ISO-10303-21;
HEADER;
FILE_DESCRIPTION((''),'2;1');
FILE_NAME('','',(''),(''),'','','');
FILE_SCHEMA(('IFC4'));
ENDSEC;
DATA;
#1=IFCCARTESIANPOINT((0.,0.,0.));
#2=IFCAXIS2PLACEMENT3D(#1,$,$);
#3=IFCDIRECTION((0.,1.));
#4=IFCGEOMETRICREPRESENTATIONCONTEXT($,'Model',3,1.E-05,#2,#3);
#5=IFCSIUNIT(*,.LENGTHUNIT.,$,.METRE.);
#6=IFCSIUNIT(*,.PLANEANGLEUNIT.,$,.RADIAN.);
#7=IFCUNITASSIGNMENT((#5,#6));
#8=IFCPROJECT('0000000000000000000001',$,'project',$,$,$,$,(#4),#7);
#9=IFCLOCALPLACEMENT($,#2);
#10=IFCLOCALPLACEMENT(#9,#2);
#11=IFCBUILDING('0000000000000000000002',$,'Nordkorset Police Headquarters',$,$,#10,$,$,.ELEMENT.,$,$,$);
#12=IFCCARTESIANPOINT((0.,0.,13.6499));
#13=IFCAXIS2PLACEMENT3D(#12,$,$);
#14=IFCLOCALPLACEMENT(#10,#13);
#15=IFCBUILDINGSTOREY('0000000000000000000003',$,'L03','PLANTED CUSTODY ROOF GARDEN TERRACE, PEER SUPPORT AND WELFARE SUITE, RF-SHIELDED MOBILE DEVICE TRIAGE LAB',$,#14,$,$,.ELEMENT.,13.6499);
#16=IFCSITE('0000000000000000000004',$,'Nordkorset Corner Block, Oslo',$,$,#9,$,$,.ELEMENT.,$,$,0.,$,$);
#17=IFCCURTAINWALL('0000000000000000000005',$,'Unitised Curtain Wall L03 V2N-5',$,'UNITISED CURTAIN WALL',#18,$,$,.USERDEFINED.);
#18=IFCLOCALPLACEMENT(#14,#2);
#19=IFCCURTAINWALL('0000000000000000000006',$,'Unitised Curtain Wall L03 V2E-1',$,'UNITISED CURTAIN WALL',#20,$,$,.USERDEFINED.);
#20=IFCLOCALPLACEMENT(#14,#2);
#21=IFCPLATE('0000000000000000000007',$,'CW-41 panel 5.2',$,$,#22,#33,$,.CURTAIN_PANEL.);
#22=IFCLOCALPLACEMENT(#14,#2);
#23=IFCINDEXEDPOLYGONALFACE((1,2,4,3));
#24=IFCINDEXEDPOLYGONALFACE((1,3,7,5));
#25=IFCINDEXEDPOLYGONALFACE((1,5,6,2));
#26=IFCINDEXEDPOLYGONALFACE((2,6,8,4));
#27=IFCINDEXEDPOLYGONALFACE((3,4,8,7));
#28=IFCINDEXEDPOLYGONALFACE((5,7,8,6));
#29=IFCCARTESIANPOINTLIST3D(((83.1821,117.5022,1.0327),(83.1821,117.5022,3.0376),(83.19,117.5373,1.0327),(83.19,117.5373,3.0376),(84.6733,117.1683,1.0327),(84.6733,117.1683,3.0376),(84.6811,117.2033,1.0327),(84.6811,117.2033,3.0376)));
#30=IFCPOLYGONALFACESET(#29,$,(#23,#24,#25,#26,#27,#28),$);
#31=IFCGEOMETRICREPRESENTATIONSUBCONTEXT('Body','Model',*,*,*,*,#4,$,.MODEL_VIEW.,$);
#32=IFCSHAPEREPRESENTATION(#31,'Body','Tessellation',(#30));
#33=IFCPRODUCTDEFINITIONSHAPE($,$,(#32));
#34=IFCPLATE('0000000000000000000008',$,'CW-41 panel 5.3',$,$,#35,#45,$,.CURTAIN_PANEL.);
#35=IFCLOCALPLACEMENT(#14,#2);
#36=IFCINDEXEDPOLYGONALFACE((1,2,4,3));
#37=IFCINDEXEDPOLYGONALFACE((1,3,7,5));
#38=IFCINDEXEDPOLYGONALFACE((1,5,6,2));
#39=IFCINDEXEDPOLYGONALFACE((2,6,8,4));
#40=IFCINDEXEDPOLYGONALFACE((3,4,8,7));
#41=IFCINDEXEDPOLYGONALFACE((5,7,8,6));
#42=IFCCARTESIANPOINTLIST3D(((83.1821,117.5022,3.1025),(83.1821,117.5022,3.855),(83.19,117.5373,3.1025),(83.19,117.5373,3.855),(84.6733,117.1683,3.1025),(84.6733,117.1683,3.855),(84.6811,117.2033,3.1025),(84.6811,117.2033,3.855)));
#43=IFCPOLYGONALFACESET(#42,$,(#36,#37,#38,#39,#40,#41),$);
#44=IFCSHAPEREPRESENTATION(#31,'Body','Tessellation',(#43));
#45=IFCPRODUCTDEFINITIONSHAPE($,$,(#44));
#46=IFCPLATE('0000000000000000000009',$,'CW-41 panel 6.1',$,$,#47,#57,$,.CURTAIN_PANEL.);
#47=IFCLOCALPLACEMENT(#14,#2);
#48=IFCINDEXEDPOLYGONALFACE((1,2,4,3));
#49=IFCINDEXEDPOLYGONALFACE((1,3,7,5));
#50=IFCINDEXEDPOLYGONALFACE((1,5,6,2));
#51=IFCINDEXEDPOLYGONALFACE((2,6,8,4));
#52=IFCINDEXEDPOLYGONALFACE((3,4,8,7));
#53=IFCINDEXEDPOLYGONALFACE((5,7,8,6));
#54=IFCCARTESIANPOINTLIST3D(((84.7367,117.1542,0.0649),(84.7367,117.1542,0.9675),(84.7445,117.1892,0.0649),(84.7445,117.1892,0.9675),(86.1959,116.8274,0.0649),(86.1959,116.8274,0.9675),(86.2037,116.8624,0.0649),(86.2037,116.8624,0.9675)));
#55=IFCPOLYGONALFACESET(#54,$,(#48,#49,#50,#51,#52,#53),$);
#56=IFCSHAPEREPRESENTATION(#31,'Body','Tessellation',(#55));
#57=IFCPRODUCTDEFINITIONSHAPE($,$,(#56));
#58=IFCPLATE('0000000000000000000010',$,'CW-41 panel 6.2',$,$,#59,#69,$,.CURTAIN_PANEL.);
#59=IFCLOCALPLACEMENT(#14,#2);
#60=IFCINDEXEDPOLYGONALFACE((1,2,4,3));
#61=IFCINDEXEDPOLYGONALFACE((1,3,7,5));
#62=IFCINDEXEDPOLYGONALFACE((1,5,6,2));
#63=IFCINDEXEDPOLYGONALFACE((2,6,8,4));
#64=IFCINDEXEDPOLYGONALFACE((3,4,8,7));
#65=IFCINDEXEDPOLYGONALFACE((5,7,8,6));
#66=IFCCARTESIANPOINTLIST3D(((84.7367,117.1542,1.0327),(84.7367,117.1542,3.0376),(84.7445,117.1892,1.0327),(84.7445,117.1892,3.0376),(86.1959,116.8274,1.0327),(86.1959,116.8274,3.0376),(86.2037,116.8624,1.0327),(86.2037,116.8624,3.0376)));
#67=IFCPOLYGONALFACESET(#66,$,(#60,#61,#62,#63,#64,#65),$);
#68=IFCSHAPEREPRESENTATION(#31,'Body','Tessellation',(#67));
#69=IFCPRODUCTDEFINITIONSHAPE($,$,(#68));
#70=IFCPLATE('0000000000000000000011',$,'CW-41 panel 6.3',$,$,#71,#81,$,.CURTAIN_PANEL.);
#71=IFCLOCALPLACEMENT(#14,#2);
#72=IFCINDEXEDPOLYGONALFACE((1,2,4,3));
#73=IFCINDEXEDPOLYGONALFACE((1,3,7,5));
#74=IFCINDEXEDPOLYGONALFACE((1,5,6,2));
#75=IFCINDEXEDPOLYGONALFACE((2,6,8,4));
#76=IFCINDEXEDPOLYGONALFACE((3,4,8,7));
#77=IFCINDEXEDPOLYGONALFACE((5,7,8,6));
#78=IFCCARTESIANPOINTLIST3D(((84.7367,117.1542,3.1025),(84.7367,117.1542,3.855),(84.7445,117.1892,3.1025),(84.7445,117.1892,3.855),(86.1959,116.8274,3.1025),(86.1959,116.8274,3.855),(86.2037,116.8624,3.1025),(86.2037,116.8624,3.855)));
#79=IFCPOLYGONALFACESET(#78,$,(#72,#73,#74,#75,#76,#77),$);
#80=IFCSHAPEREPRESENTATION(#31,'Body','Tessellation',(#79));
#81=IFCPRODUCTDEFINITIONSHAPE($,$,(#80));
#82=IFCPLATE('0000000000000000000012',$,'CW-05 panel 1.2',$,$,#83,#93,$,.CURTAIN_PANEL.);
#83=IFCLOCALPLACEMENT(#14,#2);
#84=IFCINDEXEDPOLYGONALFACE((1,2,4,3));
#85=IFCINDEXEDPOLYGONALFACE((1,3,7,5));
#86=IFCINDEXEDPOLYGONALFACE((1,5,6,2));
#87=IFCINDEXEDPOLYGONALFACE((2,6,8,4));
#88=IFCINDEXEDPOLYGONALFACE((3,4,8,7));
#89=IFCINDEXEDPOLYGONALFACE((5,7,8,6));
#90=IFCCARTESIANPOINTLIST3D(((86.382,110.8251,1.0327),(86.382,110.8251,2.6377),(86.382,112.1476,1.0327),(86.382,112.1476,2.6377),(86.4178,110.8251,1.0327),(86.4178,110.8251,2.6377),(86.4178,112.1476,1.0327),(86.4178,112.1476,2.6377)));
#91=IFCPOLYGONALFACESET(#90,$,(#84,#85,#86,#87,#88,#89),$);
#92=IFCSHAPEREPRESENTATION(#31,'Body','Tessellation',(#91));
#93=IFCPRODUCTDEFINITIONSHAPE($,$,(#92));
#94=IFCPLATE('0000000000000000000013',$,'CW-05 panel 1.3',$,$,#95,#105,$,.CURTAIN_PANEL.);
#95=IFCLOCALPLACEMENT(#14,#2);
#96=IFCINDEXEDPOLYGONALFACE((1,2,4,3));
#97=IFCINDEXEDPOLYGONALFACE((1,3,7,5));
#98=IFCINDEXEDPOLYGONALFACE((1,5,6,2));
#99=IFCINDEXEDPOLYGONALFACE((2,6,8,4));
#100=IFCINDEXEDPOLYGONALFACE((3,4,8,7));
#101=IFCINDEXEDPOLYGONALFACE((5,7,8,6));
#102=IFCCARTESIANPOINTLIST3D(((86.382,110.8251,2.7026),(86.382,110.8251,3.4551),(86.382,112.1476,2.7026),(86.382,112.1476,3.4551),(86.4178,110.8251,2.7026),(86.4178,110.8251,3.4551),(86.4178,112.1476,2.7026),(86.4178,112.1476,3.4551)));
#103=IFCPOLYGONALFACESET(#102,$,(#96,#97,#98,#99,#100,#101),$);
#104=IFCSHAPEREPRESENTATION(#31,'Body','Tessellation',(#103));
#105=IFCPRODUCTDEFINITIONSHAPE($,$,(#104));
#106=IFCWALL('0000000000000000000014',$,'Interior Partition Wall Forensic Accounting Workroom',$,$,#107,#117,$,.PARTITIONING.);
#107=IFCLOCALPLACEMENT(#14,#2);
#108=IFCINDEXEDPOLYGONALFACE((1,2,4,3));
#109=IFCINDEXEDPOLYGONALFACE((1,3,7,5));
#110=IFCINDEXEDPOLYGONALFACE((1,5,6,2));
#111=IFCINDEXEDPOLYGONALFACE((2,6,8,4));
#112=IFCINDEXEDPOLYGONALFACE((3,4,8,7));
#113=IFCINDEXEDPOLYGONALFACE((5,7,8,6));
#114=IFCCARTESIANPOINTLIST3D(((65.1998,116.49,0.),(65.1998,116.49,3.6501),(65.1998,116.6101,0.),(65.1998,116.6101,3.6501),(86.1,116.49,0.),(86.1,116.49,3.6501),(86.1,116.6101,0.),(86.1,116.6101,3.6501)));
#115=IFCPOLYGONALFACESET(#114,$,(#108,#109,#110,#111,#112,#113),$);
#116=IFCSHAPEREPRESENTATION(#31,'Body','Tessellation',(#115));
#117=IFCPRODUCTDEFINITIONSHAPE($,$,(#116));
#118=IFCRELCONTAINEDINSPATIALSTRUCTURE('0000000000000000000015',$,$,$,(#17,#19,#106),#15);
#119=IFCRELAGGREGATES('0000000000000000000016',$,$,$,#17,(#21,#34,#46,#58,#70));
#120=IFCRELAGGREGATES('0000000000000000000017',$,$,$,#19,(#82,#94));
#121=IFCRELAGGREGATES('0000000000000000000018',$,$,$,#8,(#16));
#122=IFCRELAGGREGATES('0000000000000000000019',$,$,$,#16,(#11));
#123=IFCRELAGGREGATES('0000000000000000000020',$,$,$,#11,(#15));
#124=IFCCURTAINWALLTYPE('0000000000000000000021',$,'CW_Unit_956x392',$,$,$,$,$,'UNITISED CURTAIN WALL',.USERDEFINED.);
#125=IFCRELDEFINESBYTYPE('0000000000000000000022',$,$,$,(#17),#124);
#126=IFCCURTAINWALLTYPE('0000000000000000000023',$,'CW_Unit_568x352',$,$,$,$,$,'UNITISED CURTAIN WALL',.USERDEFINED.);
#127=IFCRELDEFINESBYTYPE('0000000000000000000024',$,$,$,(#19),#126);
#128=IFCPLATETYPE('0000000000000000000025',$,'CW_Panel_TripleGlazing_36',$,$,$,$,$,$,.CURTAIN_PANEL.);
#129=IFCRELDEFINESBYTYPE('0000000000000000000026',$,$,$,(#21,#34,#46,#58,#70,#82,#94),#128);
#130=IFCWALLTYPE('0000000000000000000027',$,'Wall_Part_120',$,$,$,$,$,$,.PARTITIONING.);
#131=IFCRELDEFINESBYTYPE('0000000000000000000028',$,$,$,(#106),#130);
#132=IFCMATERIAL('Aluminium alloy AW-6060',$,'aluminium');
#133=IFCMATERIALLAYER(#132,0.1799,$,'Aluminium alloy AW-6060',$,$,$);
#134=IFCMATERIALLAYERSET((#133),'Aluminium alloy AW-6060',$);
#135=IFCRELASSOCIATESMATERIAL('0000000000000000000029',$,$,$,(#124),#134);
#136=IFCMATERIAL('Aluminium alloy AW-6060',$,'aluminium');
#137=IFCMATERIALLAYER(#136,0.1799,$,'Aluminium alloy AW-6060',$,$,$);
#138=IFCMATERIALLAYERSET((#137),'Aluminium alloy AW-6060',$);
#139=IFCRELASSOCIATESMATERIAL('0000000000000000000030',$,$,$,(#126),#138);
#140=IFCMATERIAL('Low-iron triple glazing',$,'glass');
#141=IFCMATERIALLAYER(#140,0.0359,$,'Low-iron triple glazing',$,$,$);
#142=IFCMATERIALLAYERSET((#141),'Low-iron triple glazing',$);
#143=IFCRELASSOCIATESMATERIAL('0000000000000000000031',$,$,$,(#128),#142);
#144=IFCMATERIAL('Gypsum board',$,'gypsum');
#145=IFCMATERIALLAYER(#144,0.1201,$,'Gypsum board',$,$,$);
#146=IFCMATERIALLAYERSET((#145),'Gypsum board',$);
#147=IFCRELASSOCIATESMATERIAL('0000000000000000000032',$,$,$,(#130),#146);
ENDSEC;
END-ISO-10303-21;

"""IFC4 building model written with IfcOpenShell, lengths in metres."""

from ifc_helpers import new_model, si_unit, direction, frame, frame_2d, origin, origin_2d, place, context, subcontext, project, spatial, rectangle, extrude, material, layer, layer_set, type_object, element, aggregate, save


model = new_model("IFC4")

# Units and contexts
model_context = context("Model", 3, precision=1e-05, world=origin(), true_north=direction((0.0, 1.0)))
body_context = subcontext(model_context, "Body", "Model", "MODEL_VIEW")
ifc_project = project(units=[si_unit("LENGTHUNIT", "METRE"), si_unit("PLANEANGLEUNIT", "RADIAN")], contexts=[model_context])

# Site, building, storey
site_placement = place(None, origin())
site = spatial("IfcSite", under=ifc_project, at=site_placement, Name="Nordkorset Corner Block, Oslo", CompositionType="ELEMENT", RefElevation=0.0)
building_placement = place(site_placement, origin())
building = spatial("IfcBuilding", under=site, at=building_placement, Name="Nordkorset Police Headquarters", CompositionType="ELEMENT")
storey_placement = place(building_placement, frame((0.0, 0.0, 13.6499)))
storey = spatial("IfcBuildingStorey", under=building, at=storey_placement, Name="L03", Description="PLANTED CUSTODY ROOF GARDEN TERRACE, PEER SUPPORT AND WELFARE SUITE, RF-SHIELDED MOBILE DEVICE TRIAGE LAB", CompositionType="ELEMENT", Elevation=13.6499)

# Curtain wall
ifc_material_1 = material(Name="Aluminium alloy AW-6060", Category="aluminium")
ifc_layer_1 = layer(ifc_material_1, 0.1799, Name="Aluminium alloy AW-6060")
ifc_layer_set_1 = layer_set([ifc_layer_1], Name="Aluminium alloy AW-6060")
curtain_wall_type_1 = type_object("IfcCurtainWallType", Name="CW_Unit_956x392", ElementType="UNITISED CURTAIN WALL", PredefinedType="USERDEFINED", material=ifc_layer_set_1)
curtain_wall_1_placement = place(storey_placement, origin())
curtain_wall_1 = element("IfcCurtainWall", 1, at=curtain_wall_1_placement, inside=storey, type_object=curtain_wall_type_1, Name="Unitised Curtain Wall L03 V2N-5", ObjectType="UNITISED CURTAIN WALL", PredefinedType="USERDEFINED")

# Curtain wall
ifc_material_2 = material(Name="Aluminium alloy AW-6060", Category="aluminium")
ifc_layer_2 = layer(ifc_material_2, 0.1799, Name="Aluminium alloy AW-6060")
ifc_layer_set_2 = layer_set([ifc_layer_2], Name="Aluminium alloy AW-6060")
curtain_wall_type_2 = type_object("IfcCurtainWallType", Name="CW_Unit_568x352", ElementType="UNITISED CURTAIN WALL", PredefinedType="USERDEFINED", material=ifc_layer_set_2)
curtain_wall_2_placement = place(storey_placement, origin())
curtain_wall_2 = element("IfcCurtainWall", 2, at=curtain_wall_2_placement, inside=storey, type_object=curtain_wall_type_2, Name="Unitised Curtain Wall L03 V2E-1", ObjectType="UNITISED CURTAIN WALL", PredefinedType="USERDEFINED")

# Plates
ifc_material_3 = material(Name="Low-iron triple glazing", Category="glass")
ifc_layer_3 = layer(ifc_material_3, 0.0359, Name="Low-iron triple glazing")
ifc_layer_set_3 = layer_set([ifc_layer_3], Name="Low-iron triple glazing")
plate_type = type_object("IfcPlateType", Name="CW_Panel_TripleGlazing_36", PredefinedType="CURTAIN_PANEL", material=ifc_layer_set_3)
plate_1_placement = place(storey_placement, frame((83.9316, 117.3528, 1.0327), z_axis=(0.0, 0.0, 1.0), x_axis=(0.975827, -0.218544, 0.0)))
plate_1 = element("IfcPlate", 3, at=plate_1_placement, type_object=plate_type, Name="CW-41 panel 5.2", PredefinedType="CURTAIN_PANEL", context=body_context, shape_type="SweptSolid", body=[
    extrude(rectangle(XDim=1.5281, YDim=0.0359, at=origin_2d()), origin(), (0.0, 0.0, 1.0), 2.0049),
])
plate_2_placement = place(storey_placement, frame((83.9316, 117.3528, 3.1025), z_axis=(0.0, 0.0, 1.0), x_axis=(0.975827, -0.218544, 0.0)))
plate_2 = element("IfcPlate", 4, at=plate_2_placement, type_object=plate_type, Name="CW-41 panel 5.3", PredefinedType="CURTAIN_PANEL", context=body_context, shape_type="SweptSolid", body=[
    extrude(rectangle(XDim=1.5281, YDim=0.0359, at=origin_2d()), origin(), (0.0, 0.0, 1.0), 0.7524),
])
plate_3_placement = place(storey_placement, frame((85.4702, 117.0083, 0.0649), z_axis=(0.0, 0.0, 1.0), x_axis=(0.975827, -0.218544, 0.0)))
plate_3 = element("IfcPlate", 5, at=plate_3_placement, type_object=plate_type, Name="CW-41 panel 6.1", PredefinedType="CURTAIN_PANEL", context=body_context, shape_type="SweptSolid", body=[
    extrude(rectangle(XDim=1.4954, YDim=0.0359, at=origin_2d()), origin(), (0.0, 0.0, 1.0), 0.9026),
])
plate_4_placement = place(storey_placement, frame((85.4702, 117.0083, 1.0327), z_axis=(0.0, 0.0, 1.0), x_axis=(0.975827, -0.218544, 0.0)))
plate_4 = element("IfcPlate", 6, at=plate_4_placement, type_object=plate_type, Name="CW-41 panel 6.2", PredefinedType="CURTAIN_PANEL", context=body_context, shape_type="SweptSolid", body=[
    extrude(rectangle(XDim=1.4954, YDim=0.0359, at=origin_2d()), origin(), (0.0, 0.0, 1.0), 2.0049),
])
plate_5_placement = place(storey_placement, frame((85.4702, 117.0083, 3.1025), z_axis=(0.0, 0.0, 1.0), x_axis=(0.975827, -0.218544, 0.0)))
plate_5 = element("IfcPlate", 7, at=plate_5_placement, type_object=plate_type, Name="CW-41 panel 6.3", PredefinedType="CURTAIN_PANEL", context=body_context, shape_type="SweptSolid", body=[
    extrude(rectangle(XDim=1.4954, YDim=0.0359, at=origin_2d()), origin(), (0.0, 0.0, 1.0), 0.7524),
])
aggregate(curtain_wall_1, [plate_1, plate_2, plate_3, plate_4, plate_5])
plate_6_placement = place(storey_placement, frame((86.3999, 111.4863, 1.0327), z_axis=(0.0, 0.0, 1.0), x_axis=(0.0, 1.0, 0.0)))
plate_6 = element("IfcPlate", 8, at=plate_6_placement, type_object=plate_type, Name="CW-05 panel 1.2", PredefinedType="CURTAIN_PANEL", context=body_context, shape_type="SweptSolid", body=[
    extrude(rectangle(XDim=1.3225, YDim=0.0359, at=origin_2d()), origin(), (0.0, 0.0, 1.0), 1.605),
])
plate_7_placement = place(storey_placement, frame((86.3999, 111.4863, 2.7026), z_axis=(0.0, 0.0, 1.0), x_axis=(0.0, 1.0, 0.0)))
plate_7 = element("IfcPlate", 9, at=plate_7_placement, type_object=plate_type, Name="CW-05 panel 1.3", PredefinedType="CURTAIN_PANEL", context=body_context, shape_type="SweptSolid", body=[
    extrude(rectangle(XDim=1.3225, YDim=0.0359, at=origin_2d()), origin(), (0.0, 0.0, 1.0), 0.7524),
])
aggregate(curtain_wall_2, [plate_6, plate_7])

# Wall
ifc_material_4 = material(Name="Gypsum board", Category="gypsum")
ifc_layer_4 = layer(ifc_material_4, 0.1201, Name="Gypsum board")
ifc_layer_set_4 = layer_set([ifc_layer_4], Name="Gypsum board")
wall_type = type_object("IfcWallType", Name="Wall_Part_120", PredefinedType="PARTITIONING", material=ifc_layer_set_4)
wall_placement = place(storey_placement, frame((86.1001, 116.55, 0.0), z_axis=(0.0, 0.0, 1.0), x_axis=(-1.0, 0.0, 0.0)))
element("IfcWall", 10, at=wall_placement, inside=storey, type_object=wall_type, Name="Interior Partition Wall Forensic Accounting Workroom", PredefinedType="PARTITIONING", context=body_context, shape_type="SweptSolid", body=[
    extrude(rectangle(XDim=20.9001, YDim=0.1201, at=frame_2d((10.4502, 0.0))), origin(), (0.0, 0.0, 1.0), 3.6501),
])

save(model, "model.ifc")
